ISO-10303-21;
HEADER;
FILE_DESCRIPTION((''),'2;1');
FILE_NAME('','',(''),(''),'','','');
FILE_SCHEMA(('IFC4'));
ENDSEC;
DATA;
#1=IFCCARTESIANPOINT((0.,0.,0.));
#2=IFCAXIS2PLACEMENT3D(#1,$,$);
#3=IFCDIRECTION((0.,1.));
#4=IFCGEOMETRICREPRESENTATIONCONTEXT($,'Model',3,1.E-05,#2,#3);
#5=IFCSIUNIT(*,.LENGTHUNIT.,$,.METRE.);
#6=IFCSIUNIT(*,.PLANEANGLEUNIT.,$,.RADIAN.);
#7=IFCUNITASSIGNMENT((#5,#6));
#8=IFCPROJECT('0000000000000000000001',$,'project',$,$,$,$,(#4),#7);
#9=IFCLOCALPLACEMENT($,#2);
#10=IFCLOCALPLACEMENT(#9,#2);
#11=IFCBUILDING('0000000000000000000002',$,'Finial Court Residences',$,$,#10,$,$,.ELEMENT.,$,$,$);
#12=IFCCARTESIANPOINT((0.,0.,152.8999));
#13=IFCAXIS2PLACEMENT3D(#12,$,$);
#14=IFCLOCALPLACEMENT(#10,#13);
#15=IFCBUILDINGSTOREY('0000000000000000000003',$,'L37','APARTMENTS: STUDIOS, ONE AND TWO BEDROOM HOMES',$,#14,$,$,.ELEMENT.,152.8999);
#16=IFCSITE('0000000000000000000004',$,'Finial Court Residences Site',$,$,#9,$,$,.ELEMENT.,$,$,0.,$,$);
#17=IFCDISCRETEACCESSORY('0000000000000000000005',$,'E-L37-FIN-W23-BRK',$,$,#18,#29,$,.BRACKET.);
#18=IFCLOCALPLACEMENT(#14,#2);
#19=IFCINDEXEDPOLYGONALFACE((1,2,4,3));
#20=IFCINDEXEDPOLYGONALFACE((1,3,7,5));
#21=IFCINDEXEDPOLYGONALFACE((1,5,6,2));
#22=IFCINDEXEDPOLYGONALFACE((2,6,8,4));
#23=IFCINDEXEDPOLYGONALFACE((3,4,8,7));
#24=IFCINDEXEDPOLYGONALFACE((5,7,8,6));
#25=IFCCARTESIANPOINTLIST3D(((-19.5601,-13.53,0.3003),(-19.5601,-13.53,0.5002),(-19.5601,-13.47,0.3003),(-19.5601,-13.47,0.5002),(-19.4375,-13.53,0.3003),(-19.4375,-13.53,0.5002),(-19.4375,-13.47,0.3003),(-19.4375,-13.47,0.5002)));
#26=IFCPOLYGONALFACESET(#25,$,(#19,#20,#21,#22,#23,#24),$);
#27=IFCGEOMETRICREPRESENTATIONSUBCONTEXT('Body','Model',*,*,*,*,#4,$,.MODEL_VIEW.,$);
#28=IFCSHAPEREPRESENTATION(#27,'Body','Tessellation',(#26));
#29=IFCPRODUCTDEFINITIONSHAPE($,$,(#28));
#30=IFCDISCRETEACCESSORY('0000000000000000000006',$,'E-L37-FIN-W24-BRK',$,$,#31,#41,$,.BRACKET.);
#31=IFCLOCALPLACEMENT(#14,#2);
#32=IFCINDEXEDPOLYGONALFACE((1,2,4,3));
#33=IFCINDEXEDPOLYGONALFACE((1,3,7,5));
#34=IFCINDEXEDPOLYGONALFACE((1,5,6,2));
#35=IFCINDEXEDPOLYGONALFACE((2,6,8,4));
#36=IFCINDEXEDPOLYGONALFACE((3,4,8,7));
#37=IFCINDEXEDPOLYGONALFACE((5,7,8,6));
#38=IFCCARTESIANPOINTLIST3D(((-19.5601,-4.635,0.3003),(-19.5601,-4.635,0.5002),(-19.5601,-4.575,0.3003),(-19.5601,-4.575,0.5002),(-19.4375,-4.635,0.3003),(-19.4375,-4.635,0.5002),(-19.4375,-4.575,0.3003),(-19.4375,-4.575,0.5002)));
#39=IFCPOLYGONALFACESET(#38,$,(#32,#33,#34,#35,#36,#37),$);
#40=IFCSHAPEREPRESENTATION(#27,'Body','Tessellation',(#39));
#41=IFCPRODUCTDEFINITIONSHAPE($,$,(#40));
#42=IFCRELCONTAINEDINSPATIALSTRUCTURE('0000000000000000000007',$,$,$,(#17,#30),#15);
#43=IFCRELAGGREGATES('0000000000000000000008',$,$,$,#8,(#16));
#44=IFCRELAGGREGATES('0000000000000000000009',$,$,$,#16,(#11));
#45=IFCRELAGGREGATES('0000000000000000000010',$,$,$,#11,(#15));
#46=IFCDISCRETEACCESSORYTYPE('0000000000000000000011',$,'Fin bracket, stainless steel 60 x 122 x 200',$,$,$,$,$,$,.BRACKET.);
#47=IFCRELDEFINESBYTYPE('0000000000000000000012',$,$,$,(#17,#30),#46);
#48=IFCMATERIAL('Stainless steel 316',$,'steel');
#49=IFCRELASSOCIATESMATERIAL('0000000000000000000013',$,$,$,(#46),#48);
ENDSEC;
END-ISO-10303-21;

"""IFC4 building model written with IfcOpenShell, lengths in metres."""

from ifc_helpers import new_model, si_unit, direction, frame, origin, origin_2d, place, context, subcontext, project, spatial, rectangle, extrude, material, type_object, element, save


model = new_model("IFC4")

# Units and contexts
model_context = context("Model", 3, precision=1e-05, world=origin(), true_north=direction((0.0, 1.0)))
body_context = subcontext(model_context, "Body", "Model", "MODEL_VIEW")
ifc_project = project(units=[si_unit("LENGTHUNIT", "METRE"), si_unit("PLANEANGLEUNIT", "RADIAN")], contexts=[model_context])

# Site, building, storey
site_placement = place(None, origin())
site = spatial("IfcSite", under=ifc_project, at=site_placement, Name="Finial Court Residences Site", CompositionType="ELEMENT", RefElevation=0.0)
building_placement = place(site_placement, origin())
building = spatial("IfcBuilding", under=site, at=building_placement, Name="Finial Court Residences", CompositionType="ELEMENT")
storey_placement = place(building_placement, frame((0.0, 0.0, 152.8999)))
storey = spatial("IfcBuildingStorey", under=building, at=storey_placement, Name="L37", Description="APARTMENTS: STUDIOS, ONE AND TWO BEDROOM HOMES", CompositionType="ELEMENT", Elevation=152.8999)

# Discrete accessories
ifc_material_1 = material(Name="Stainless steel 316", Category="steel")
discrete_accessory_type = type_object("IfcDiscreteAccessoryType", Name="Fin bracket, stainless steel 60 x 122 x 200", PredefinedType="BRACKET", material=ifc_material_1)
for number, where, z_axis, x_axis, name in (
    (1, (-19.4988, -13.5, 0.3003), (0.0, 0.0, 1.0), (1.0, 0.0, 0.0), "E-L37-FIN-W23-BRK"),
    (2, (-19.4988, -4.605, 0.3003), (0.0, 0.0, 1.0), (1.0, 0.0, 0.0), "E-L37-FIN-W24-BRK"),
):
    element("IfcDiscreteAccessory", number, at=place(storey_placement, frame(where, z_axis=z_axis, x_axis=x_axis)), inside=storey, type_object=discrete_accessory_type, Name=name, PredefinedType="BRACKET", context=body_context, shape_type="SweptSolid", body=[
        extrude(rectangle(XDim=0.1226, YDim=0.0601, at=origin_2d()), origin(), (0.0, 0.0, 1.0), 0.2),
    ])

save(model, "model.ifc")
